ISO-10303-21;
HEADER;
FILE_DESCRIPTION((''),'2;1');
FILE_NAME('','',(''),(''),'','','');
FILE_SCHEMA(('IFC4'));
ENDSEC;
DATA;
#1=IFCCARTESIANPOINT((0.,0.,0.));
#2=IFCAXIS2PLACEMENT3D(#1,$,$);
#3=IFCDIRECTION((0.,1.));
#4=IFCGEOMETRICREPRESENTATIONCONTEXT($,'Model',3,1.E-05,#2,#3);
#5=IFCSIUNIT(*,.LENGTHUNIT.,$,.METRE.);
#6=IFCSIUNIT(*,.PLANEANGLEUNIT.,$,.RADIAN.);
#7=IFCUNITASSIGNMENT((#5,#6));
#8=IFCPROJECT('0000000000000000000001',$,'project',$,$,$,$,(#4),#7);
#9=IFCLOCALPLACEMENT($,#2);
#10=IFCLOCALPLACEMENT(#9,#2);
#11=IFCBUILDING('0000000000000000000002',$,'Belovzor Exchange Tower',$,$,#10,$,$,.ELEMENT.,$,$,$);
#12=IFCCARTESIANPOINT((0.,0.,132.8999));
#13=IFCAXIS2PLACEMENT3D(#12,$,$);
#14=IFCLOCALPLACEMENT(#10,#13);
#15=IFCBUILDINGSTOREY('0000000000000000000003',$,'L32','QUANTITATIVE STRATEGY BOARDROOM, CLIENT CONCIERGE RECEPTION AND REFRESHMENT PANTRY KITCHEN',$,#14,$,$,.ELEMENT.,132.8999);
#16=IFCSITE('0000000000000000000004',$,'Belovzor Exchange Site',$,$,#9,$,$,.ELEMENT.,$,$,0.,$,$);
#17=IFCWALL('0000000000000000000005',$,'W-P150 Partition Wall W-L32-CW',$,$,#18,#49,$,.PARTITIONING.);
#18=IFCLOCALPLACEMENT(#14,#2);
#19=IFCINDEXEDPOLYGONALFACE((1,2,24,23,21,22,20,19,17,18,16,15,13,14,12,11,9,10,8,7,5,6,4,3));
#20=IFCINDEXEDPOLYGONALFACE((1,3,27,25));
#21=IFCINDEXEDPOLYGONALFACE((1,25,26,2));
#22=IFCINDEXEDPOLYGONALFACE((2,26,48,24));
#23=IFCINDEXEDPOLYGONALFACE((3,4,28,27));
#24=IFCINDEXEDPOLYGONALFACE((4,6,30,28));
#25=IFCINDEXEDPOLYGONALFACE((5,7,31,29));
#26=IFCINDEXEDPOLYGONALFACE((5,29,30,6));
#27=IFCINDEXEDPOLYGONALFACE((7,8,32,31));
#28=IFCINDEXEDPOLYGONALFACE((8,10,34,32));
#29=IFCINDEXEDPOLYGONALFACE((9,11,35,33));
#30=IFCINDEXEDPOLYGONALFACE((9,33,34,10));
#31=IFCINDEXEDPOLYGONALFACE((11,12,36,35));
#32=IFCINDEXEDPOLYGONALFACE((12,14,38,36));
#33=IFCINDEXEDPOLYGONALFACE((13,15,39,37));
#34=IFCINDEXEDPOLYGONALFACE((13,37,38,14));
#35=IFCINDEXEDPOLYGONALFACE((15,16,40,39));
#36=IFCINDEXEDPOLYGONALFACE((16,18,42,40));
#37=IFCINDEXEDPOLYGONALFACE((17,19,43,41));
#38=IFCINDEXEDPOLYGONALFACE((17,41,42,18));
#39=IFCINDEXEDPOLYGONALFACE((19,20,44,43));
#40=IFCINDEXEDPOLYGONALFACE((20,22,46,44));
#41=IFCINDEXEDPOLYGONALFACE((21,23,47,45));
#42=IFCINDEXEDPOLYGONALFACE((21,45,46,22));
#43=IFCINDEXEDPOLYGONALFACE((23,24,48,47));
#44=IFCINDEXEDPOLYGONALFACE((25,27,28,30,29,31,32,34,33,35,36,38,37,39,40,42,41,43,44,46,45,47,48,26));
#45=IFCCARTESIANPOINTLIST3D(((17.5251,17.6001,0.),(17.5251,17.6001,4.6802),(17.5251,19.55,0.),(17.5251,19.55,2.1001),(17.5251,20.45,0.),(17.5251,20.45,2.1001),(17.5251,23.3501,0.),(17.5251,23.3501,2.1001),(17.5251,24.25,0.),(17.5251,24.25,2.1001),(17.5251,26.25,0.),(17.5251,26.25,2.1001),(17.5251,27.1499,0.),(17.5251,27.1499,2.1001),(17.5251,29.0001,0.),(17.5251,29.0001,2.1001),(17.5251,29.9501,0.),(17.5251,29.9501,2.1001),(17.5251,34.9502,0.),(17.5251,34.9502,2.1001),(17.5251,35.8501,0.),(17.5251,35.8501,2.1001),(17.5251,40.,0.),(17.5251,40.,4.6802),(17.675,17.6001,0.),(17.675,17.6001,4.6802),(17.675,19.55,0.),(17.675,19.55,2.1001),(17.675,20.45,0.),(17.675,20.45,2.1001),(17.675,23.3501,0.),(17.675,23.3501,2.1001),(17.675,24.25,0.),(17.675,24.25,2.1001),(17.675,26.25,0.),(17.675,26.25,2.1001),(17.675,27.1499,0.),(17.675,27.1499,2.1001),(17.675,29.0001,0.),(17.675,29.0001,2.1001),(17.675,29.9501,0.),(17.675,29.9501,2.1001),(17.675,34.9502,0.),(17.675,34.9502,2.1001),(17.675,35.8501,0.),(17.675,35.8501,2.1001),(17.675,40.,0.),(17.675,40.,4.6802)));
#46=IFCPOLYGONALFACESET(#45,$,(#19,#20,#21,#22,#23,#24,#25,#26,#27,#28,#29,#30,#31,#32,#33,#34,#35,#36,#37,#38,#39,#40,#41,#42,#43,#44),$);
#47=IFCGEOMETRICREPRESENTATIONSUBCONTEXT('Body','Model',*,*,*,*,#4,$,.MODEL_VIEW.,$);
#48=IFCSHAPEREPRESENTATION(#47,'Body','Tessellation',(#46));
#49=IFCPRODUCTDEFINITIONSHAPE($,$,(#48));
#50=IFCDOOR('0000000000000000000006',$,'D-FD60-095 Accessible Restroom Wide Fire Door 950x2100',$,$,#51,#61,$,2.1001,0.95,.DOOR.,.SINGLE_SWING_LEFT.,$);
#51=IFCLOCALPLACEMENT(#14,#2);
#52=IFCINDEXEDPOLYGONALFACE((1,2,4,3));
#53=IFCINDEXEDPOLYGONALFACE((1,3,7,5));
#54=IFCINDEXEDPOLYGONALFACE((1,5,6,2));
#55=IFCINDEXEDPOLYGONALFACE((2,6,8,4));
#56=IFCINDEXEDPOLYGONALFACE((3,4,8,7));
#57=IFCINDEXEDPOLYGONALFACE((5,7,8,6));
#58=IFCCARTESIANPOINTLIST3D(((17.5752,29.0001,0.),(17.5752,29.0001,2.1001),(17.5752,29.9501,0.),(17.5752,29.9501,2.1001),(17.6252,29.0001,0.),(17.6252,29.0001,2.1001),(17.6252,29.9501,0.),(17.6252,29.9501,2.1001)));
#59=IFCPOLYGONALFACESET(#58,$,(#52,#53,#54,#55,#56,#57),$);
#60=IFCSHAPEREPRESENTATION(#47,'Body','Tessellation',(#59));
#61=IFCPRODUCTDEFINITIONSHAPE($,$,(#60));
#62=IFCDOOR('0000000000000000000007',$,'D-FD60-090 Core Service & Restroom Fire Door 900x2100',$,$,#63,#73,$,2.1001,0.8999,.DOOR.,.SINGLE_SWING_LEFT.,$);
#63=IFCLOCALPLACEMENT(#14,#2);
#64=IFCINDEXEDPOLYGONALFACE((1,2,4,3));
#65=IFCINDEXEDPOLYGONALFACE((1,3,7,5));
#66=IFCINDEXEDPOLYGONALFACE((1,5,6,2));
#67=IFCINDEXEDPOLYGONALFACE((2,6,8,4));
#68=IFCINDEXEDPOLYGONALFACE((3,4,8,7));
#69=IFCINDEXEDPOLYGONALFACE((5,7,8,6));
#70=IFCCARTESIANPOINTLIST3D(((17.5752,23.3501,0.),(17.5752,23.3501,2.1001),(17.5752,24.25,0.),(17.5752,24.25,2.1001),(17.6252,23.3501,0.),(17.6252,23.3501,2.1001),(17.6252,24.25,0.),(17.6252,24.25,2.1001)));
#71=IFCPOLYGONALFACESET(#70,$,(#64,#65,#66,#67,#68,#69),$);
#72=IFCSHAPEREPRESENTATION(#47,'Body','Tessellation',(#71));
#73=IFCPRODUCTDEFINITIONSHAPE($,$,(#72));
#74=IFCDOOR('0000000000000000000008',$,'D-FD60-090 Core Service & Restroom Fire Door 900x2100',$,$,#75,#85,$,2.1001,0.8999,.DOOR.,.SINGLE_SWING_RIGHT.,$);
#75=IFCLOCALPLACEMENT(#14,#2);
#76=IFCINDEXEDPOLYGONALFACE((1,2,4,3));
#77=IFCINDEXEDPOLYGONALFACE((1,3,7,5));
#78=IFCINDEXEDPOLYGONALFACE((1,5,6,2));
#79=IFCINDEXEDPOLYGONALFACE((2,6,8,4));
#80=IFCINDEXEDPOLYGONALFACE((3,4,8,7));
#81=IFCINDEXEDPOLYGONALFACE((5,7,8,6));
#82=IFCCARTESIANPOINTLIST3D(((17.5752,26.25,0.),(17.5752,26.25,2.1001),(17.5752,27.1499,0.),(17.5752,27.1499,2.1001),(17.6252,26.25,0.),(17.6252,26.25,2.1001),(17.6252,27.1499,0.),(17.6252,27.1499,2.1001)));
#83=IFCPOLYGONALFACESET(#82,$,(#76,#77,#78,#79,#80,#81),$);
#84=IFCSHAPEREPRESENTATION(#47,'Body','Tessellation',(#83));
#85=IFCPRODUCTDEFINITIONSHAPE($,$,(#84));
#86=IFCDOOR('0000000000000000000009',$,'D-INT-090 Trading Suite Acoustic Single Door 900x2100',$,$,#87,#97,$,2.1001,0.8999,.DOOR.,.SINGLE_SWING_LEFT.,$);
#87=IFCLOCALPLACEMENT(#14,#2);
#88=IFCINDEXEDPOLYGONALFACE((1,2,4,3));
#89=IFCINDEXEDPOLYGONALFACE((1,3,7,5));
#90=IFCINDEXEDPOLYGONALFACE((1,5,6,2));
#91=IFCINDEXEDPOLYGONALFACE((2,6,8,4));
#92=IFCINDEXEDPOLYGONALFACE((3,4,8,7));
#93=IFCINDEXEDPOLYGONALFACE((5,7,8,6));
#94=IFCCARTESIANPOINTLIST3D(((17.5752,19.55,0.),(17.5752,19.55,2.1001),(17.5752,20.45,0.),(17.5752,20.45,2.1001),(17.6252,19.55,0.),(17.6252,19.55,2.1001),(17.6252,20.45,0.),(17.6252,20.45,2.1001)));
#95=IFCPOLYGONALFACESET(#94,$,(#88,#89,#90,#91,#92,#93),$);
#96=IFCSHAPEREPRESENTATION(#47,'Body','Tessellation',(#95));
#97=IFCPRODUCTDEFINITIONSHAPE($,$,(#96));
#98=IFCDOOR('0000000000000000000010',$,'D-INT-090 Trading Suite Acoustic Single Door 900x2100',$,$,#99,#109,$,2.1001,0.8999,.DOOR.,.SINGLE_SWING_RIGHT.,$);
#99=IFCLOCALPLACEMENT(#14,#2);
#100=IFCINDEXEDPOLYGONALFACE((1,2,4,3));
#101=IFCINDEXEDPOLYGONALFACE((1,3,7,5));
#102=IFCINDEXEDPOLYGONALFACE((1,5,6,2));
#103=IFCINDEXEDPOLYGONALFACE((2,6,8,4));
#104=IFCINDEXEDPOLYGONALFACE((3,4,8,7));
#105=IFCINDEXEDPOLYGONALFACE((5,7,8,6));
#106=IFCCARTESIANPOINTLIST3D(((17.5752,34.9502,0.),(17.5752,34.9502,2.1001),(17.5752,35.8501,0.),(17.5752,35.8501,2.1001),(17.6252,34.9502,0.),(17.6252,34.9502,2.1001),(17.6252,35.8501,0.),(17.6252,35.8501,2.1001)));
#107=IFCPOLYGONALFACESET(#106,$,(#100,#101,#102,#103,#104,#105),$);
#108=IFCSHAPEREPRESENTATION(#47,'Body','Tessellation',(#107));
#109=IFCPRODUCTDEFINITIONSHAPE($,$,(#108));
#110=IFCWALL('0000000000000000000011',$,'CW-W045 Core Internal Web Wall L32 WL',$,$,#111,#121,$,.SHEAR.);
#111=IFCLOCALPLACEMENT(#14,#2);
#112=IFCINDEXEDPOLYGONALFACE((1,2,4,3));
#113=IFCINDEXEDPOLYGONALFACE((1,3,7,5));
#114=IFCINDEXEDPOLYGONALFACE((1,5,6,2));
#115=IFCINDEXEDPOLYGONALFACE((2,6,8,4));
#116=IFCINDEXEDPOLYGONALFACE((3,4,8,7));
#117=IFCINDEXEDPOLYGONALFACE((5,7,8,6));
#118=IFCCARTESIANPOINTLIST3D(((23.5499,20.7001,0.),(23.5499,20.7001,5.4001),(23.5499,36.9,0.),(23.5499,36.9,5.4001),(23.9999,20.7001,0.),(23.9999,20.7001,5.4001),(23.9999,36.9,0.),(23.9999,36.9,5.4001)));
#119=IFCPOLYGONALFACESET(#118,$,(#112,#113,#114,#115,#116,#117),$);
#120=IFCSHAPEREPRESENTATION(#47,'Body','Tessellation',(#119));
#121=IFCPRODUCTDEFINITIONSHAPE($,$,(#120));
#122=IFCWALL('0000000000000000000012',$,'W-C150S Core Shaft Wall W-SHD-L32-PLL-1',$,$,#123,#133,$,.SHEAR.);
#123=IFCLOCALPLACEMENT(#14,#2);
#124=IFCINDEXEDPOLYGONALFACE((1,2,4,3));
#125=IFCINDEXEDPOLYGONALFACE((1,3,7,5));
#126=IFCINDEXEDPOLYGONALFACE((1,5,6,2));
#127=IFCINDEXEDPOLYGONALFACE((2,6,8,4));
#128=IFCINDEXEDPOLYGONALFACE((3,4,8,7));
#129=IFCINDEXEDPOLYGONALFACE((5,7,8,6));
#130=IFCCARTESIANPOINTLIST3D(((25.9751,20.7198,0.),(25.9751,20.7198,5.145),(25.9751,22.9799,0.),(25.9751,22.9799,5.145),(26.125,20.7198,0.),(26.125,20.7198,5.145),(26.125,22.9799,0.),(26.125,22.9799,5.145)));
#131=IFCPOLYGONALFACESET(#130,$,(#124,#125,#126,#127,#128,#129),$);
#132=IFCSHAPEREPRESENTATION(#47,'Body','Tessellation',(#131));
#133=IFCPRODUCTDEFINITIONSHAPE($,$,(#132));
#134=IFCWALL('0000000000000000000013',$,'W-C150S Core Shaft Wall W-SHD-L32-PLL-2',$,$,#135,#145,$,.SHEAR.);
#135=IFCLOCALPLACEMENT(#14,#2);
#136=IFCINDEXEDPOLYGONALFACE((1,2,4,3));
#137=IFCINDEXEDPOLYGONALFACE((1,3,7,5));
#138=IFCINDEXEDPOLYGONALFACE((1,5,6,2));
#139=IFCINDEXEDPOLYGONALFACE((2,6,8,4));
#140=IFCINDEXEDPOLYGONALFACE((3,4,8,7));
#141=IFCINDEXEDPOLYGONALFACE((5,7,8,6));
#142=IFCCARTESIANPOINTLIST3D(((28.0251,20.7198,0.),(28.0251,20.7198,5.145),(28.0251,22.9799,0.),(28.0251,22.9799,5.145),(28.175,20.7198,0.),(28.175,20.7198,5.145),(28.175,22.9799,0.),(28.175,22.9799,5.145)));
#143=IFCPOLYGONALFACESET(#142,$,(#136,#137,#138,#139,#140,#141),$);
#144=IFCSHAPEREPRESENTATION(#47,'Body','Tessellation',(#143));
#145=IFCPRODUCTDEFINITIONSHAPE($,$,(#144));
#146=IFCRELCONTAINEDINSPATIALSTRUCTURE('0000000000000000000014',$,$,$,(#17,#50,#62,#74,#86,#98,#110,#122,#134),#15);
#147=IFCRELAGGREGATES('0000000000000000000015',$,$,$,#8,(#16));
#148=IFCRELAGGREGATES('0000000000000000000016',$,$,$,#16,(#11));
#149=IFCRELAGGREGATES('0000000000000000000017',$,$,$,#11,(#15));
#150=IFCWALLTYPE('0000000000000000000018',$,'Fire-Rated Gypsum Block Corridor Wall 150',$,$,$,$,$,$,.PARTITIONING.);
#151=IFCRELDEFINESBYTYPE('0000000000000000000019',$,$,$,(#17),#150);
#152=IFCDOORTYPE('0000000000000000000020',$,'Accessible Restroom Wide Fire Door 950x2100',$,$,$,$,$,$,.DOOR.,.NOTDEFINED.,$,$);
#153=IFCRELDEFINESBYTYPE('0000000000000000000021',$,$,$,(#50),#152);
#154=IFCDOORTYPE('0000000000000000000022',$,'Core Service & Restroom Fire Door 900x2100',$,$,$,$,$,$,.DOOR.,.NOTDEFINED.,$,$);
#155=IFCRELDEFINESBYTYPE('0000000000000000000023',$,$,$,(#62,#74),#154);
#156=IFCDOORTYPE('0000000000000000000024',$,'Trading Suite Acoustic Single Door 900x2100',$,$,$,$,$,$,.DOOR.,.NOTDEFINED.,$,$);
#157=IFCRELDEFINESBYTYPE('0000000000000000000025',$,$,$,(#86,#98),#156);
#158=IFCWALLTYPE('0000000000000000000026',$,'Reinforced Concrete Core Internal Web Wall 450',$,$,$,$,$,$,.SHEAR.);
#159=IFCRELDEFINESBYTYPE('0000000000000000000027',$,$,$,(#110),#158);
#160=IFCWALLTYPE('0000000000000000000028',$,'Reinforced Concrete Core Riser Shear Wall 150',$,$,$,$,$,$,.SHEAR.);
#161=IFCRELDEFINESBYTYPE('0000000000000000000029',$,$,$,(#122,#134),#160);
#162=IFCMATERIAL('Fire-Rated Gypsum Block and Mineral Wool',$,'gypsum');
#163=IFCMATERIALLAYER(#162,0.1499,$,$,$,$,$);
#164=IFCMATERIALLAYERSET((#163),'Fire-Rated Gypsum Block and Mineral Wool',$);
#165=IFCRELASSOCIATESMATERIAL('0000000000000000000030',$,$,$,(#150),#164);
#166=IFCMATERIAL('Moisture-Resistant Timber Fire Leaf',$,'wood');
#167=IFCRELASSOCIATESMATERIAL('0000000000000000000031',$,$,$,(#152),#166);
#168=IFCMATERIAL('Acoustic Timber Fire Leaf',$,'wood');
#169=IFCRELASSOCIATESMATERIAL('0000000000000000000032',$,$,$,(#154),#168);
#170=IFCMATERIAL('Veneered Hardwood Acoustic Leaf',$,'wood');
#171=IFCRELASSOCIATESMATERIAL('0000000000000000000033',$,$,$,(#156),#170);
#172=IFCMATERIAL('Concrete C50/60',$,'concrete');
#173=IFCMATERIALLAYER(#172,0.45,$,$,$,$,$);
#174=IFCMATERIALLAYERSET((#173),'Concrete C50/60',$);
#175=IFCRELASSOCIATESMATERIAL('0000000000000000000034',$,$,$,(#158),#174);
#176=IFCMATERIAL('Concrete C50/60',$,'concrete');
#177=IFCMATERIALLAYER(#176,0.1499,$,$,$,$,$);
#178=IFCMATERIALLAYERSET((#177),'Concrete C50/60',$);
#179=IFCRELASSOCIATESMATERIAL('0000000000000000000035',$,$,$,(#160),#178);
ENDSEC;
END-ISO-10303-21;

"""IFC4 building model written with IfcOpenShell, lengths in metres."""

from ifc_helpers import new_model, si_unit, direction, frame, frame_2d, origin, place, context, subcontext, project, spatial, rectangle, extrude, material, layer, layer_set, type_object, element, fill, save


model = new_model("IFC4")

# Units and contexts
model_context = context("Model", 3, precision=1e-05, world=origin(), true_north=direction((0.0, 1.0)))
body_context = subcontext(model_context, "Body", "Model", "MODEL_VIEW")
ifc_project = project(units=[si_unit("LENGTHUNIT", "METRE"), si_unit("PLANEANGLEUNIT", "RADIAN")], contexts=[model_context])

# Site, building, storey
site_placement = place(None, origin())
site = spatial("IfcSite", under=ifc_project, at=site_placement, Name="Belovzor Exchange Site", CompositionType="ELEMENT", RefElevation=0.0)
building_placement = place(site_placement, origin())
building = spatial("IfcBuilding", under=site, at=building_placement, Name="Belovzor Exchange Tower", CompositionType="ELEMENT")
storey_placement = place(building_placement, frame((0.0, 0.0, 132.8999)))
storey = spatial("IfcBuildingStorey", under=building, at=storey_placement, Name="L32", Description="QUANTITATIVE STRATEGY BOARDROOM, CLIENT CONCIERGE RECEPTION AND REFRESHMENT PANTRY KITCHEN", CompositionType="ELEMENT", Elevation=132.8999)

# Shared definitions
ifc_material_1 = material(Name="Fire-Rated Gypsum Block and Mineral Wool", Category="gypsum")
ifc_layer_1 = layer(ifc_material_1, 0.1499)
ifc_layer_set_1 = layer_set([ifc_layer_1], Name="Fire-Rated Gypsum Block and Mineral Wool")
wall_type_1 = type_object("IfcWallType", Name="Fire-Rated Gypsum Block Corridor Wall 150", PredefinedType="PARTITIONING", material=ifc_layer_set_1)

# Wall, openings, doors
wall_1_placement = place(storey_placement, frame((17.6001, 17.6001, 0.0), z_axis=(0.0, 0.0, 1.0), x_axis=(0.0, 1.0, 0.0)))
wall_1 = element("IfcWall", 1, at=wall_1_placement, inside=storey, type_object=wall_type_1, Name="W-P150 Partition Wall W-L32-CW", PredefinedType="PARTITIONING", context=body_context, shape_type="SweptSolid", body=[
    extrude(rectangle(XDim=22.3999, YDim=0.1499, at=frame_2d((11.2, 0.0))), origin(), (0.0, 0.0, 1.0), 4.6802),
])
opening_1_placement = place(wall_1_placement, frame((1.95, 0.0, 0.0)))
opening_1 = element("IfcOpeningElement", 2, at=opening_1_placement, cuts=wall_1, PredefinedType="OPENING", context=body_context, shape_type="SweptSolid", body=[
    extrude(rectangle(XDim=0.8999, YDim=2.1001, at=frame_2d((0.45, 1.05))), frame((0.0, 0.085, 0.0), z_axis=(0.0, -1.0, 0.0), x_axis=(1.0, 0.0, 0.0)), (0.0, 0.0, 1.0), 0.1699),
])
opening_2_placement = place(wall_1_placement, frame((5.75, 0.0, 0.0)))
opening_2 = element("IfcOpeningElement", 3, at=opening_2_placement, cuts=wall_1, PredefinedType="OPENING", context=body_context, shape_type="SweptSolid", body=[
    extrude(rectangle(XDim=0.8999, YDim=2.1001, at=frame_2d((0.45, 1.05))), frame((0.0, 0.085, 0.0), z_axis=(0.0, -1.0, 0.0), x_axis=(1.0, 0.0, 0.0)), (0.0, 0.0, 1.0), 0.1699),
])
opening_3_placement = place(wall_1_placement, frame((8.6499, 0.0, 0.0)))
opening_3 = element("IfcOpeningElement", 4, at=opening_3_placement, cuts=wall_1, PredefinedType="OPENING", context=body_context, shape_type="SweptSolid", body=[
    extrude(rectangle(XDim=0.8999, YDim=2.1001, at=frame_2d((0.45, 1.05))), frame((0.0, 0.085, 0.0), z_axis=(0.0, -1.0, 0.0), x_axis=(1.0, 0.0, 0.0)), (0.0, 0.0, 1.0), 0.1699),
])
opening_4_placement = place(wall_1_placement, frame((11.3999, 0.0, 0.0)))
opening_4 = element("IfcOpeningElement", 5, at=opening_4_placement, cuts=wall_1, PredefinedType="OPENING", context=body_context, shape_type="SweptSolid", body=[
    extrude(rectangle(XDim=0.95, YDim=2.1001, at=frame_2d((0.4751, 1.05))), frame((0.0, 0.085, 0.0), z_axis=(0.0, -1.0, 0.0), x_axis=(1.0, 0.0, 0.0)), (0.0, 0.0, 1.0), 0.1699),
])
opening_5_placement = place(wall_1_placement, frame((17.3501, 0.0, 0.0)))
opening_5 = element("IfcOpeningElement", 6, at=opening_5_placement, cuts=wall_1, PredefinedType="OPENING", context=body_context, shape_type="SweptSolid", body=[
    extrude(rectangle(XDim=0.8999, YDim=2.1001, at=frame_2d((0.45, 1.05))), frame((0.0, 0.085, 0.0), z_axis=(0.0, -1.0, 0.0), x_axis=(1.0, 0.0, 0.0)), (0.0, 0.0, 1.0), 0.1699),
])
ifc_material_2 = material(Name="Moisture-Resistant Timber Fire Leaf", Category="wood")
door_type_1 = type_object("IfcDoorType", Name="Accessible Restroom Wide Fire Door 950x2100", OperationType="NOTDEFINED", PredefinedType="DOOR", material=ifc_material_2)
door_1_placement = place(opening_4_placement, origin())
door_1 = element("IfcDoor", 7, at=door_1_placement, inside=storey, type_object=door_type_1, Name="D-FD60-095 Accessible Restroom Wide Fire Door 950x2100", OperationType="SINGLE_SWING_LEFT", OverallHeight=2.1001, OverallWidth=0.95, PredefinedType="DOOR", context=body_context, shape_type="SweptSolid", body=[
    extrude(rectangle(XDim=0.95, YDim=2.1001, at=frame_2d((0.4751, 1.05))), frame((0.0, 0.0249, 0.0), z_axis=(0.0, -1.0, 0.0), x_axis=(1.0, 0.0, 0.0)), (0.0, 0.0, 1.0), 0.05),
])
fill(opening_4, door_1)
ifc_material_3 = material(Name="Acoustic Timber Fire Leaf", Category="wood")
door_type_2 = type_object("IfcDoorType", Name="Core Service & Restroom Fire Door 900x2100", OperationType="NOTDEFINED", PredefinedType="DOOR", material=ifc_material_3)
door_2_placement = place(opening_2_placement, origin())
door_2 = element("IfcDoor", 8, at=door_2_placement, inside=storey, type_object=door_type_2, Name="D-FD60-090 Core Service & Restroom Fire Door 900x2100", OperationType="SINGLE_SWING_LEFT", OverallHeight=2.1001, OverallWidth=0.8999, PredefinedType="DOOR", context=body_context, shape_type="SweptSolid", body=[
    extrude(rectangle(XDim=0.8999, YDim=2.1001, at=frame_2d((0.45, 1.05))), frame((0.0, 0.0249, 0.0), z_axis=(0.0, -1.0, 0.0), x_axis=(1.0, 0.0, 0.0)), (0.0, 0.0, 1.0), 0.05),
])
fill(opening_2, door_2)
door_3_placement = place(opening_3_placement, origin())
door_3 = element("IfcDoor", 9, at=door_3_placement, inside=storey, type_object=door_type_2, Name="D-FD60-090 Core Service & Restroom Fire Door 900x2100", OperationType="SINGLE_SWING_RIGHT", OverallHeight=2.1001, OverallWidth=0.8999, PredefinedType="DOOR", context=body_context, shape_type="SweptSolid", body=[
    extrude(rectangle(XDim=0.8999, YDim=2.1001, at=frame_2d((0.45, 1.05))), frame((0.0, 0.0249, 0.0), z_axis=(0.0, -1.0, 0.0), x_axis=(1.0, 0.0, 0.0)), (0.0, 0.0, 1.0), 0.05),
])
fill(opening_3, door_3)
ifc_material_4 = material(Name="Veneered Hardwood Acoustic Leaf", Category="wood")
door_type_3 = type_object("IfcDoorType", Name="Trading Suite Acoustic Single Door 900x2100", OperationType="NOTDEFINED", PredefinedType="DOOR", material=ifc_material_4)
door_4_placement = place(opening_1_placement, origin())
door_4 = element("IfcDoor", 10, at=door_4_placement, inside=storey, type_object=door_type_3, Name="D-INT-090 Trading Suite Acoustic Single Door 900x2100", OperationType="SINGLE_SWING_LEFT", OverallHeight=2.1001, OverallWidth=0.8999, PredefinedType="DOOR", context=body_context, shape_type="SweptSolid", body=[
    extrude(rectangle(XDim=0.8999, YDim=2.1001, at=frame_2d((0.45, 1.05))), frame((0.0, 0.0249, 0.0), z_axis=(0.0, -1.0, 0.0), x_axis=(1.0, 0.0, 0.0)), (0.0, 0.0, 1.0), 0.05),
])
fill(opening_1, door_4)
door_5_placement = place(opening_5_placement, origin())
door_5 = element("IfcDoor", 11, at=door_5_placement, inside=storey, type_object=door_type_3, Name="D-INT-090 Trading Suite Acoustic Single Door 900x2100", OperationType="SINGLE_SWING_RIGHT", OverallHeight=2.1001, OverallWidth=0.8999, PredefinedType="DOOR", context=body_context, shape_type="SweptSolid", body=[
    extrude(rectangle(XDim=0.8999, YDim=2.1001, at=frame_2d((0.45, 1.05))), frame((0.0, 0.0249, 0.0), z_axis=(0.0, -1.0, 0.0), x_axis=(1.0, 0.0, 0.0)), (0.0, 0.0, 1.0), 0.05),
])
fill(opening_5, door_5)

# Walls
ifc_material_5 = material(Name="Concrete C50/60", Category="concrete")
ifc_layer_2 = layer(ifc_material_5, 0.45)
ifc_layer_set_2 = layer_set([ifc_layer_2], Name="Concrete C50/60")
wall_type_2 = type_object("IfcWallType", Name="Reinforced Concrete Core Internal Web Wall 450", PredefinedType="SHEAR", material=ifc_layer_set_2)
wall_2_placement = place(storey_placement, frame((23.7749, 20.7, 0.0), z_axis=(0.0, 0.0, 1.0), x_axis=(0.0, 1.0, 0.0)))
element("IfcWall", 12, at=wall_2_placement, inside=storey, type_object=wall_type_2, Name="CW-W045 Core Internal Web Wall L32 WL", PredefinedType="SHEAR", context=body_context, shape_type="SweptSolid", body=[
    extrude(rectangle(XDim=16.2, YDim=0.45, at=frame_2d((8.1001, 0.0))), origin(), (0.0, 0.0, 1.0), 5.4001),
])
ifc_material_6 = material(Name="Concrete C50/60", Category="concrete")
ifc_layer_3 = layer(ifc_material_6, 0.1499)
ifc_layer_set_3 = layer_set([ifc_layer_3], Name="Concrete C50/60")
wall_type_3 = type_object("IfcWallType", Name="Reinforced Concrete Core Riser Shear Wall 150", PredefinedType="SHEAR", material=ifc_layer_set_3)
for number, where, z_axis, x_axis, name in (
    (13, (26.05, 20.72, 0.0), (0.0, 0.0, 1.0), (0.0, 1.0, 0.0), "W-C150S Core Shaft Wall W-SHD-L32-PLL-1"),
    (14, (28.1001, 20.72, 0.0), (0.0, 0.0, 1.0), (0.0, 1.0, 0.0), "W-C150S Core Shaft Wall W-SHD-L32-PLL-2"),
):
    element("IfcWall", number, at=place(storey_placement, frame(where, z_axis=z_axis, x_axis=x_axis)), inside=storey, type_object=wall_type_3, Name=name, PredefinedType="SHEAR", context=body_context, shape_type="SweptSolid", body=[
        extrude(rectangle(XDim=2.26, YDim=0.1499, at=frame_2d((1.1299, 0.0))), origin(), (0.0, 0.0, 1.0), 5.145),
    ])

save(model, "model.ifc")
